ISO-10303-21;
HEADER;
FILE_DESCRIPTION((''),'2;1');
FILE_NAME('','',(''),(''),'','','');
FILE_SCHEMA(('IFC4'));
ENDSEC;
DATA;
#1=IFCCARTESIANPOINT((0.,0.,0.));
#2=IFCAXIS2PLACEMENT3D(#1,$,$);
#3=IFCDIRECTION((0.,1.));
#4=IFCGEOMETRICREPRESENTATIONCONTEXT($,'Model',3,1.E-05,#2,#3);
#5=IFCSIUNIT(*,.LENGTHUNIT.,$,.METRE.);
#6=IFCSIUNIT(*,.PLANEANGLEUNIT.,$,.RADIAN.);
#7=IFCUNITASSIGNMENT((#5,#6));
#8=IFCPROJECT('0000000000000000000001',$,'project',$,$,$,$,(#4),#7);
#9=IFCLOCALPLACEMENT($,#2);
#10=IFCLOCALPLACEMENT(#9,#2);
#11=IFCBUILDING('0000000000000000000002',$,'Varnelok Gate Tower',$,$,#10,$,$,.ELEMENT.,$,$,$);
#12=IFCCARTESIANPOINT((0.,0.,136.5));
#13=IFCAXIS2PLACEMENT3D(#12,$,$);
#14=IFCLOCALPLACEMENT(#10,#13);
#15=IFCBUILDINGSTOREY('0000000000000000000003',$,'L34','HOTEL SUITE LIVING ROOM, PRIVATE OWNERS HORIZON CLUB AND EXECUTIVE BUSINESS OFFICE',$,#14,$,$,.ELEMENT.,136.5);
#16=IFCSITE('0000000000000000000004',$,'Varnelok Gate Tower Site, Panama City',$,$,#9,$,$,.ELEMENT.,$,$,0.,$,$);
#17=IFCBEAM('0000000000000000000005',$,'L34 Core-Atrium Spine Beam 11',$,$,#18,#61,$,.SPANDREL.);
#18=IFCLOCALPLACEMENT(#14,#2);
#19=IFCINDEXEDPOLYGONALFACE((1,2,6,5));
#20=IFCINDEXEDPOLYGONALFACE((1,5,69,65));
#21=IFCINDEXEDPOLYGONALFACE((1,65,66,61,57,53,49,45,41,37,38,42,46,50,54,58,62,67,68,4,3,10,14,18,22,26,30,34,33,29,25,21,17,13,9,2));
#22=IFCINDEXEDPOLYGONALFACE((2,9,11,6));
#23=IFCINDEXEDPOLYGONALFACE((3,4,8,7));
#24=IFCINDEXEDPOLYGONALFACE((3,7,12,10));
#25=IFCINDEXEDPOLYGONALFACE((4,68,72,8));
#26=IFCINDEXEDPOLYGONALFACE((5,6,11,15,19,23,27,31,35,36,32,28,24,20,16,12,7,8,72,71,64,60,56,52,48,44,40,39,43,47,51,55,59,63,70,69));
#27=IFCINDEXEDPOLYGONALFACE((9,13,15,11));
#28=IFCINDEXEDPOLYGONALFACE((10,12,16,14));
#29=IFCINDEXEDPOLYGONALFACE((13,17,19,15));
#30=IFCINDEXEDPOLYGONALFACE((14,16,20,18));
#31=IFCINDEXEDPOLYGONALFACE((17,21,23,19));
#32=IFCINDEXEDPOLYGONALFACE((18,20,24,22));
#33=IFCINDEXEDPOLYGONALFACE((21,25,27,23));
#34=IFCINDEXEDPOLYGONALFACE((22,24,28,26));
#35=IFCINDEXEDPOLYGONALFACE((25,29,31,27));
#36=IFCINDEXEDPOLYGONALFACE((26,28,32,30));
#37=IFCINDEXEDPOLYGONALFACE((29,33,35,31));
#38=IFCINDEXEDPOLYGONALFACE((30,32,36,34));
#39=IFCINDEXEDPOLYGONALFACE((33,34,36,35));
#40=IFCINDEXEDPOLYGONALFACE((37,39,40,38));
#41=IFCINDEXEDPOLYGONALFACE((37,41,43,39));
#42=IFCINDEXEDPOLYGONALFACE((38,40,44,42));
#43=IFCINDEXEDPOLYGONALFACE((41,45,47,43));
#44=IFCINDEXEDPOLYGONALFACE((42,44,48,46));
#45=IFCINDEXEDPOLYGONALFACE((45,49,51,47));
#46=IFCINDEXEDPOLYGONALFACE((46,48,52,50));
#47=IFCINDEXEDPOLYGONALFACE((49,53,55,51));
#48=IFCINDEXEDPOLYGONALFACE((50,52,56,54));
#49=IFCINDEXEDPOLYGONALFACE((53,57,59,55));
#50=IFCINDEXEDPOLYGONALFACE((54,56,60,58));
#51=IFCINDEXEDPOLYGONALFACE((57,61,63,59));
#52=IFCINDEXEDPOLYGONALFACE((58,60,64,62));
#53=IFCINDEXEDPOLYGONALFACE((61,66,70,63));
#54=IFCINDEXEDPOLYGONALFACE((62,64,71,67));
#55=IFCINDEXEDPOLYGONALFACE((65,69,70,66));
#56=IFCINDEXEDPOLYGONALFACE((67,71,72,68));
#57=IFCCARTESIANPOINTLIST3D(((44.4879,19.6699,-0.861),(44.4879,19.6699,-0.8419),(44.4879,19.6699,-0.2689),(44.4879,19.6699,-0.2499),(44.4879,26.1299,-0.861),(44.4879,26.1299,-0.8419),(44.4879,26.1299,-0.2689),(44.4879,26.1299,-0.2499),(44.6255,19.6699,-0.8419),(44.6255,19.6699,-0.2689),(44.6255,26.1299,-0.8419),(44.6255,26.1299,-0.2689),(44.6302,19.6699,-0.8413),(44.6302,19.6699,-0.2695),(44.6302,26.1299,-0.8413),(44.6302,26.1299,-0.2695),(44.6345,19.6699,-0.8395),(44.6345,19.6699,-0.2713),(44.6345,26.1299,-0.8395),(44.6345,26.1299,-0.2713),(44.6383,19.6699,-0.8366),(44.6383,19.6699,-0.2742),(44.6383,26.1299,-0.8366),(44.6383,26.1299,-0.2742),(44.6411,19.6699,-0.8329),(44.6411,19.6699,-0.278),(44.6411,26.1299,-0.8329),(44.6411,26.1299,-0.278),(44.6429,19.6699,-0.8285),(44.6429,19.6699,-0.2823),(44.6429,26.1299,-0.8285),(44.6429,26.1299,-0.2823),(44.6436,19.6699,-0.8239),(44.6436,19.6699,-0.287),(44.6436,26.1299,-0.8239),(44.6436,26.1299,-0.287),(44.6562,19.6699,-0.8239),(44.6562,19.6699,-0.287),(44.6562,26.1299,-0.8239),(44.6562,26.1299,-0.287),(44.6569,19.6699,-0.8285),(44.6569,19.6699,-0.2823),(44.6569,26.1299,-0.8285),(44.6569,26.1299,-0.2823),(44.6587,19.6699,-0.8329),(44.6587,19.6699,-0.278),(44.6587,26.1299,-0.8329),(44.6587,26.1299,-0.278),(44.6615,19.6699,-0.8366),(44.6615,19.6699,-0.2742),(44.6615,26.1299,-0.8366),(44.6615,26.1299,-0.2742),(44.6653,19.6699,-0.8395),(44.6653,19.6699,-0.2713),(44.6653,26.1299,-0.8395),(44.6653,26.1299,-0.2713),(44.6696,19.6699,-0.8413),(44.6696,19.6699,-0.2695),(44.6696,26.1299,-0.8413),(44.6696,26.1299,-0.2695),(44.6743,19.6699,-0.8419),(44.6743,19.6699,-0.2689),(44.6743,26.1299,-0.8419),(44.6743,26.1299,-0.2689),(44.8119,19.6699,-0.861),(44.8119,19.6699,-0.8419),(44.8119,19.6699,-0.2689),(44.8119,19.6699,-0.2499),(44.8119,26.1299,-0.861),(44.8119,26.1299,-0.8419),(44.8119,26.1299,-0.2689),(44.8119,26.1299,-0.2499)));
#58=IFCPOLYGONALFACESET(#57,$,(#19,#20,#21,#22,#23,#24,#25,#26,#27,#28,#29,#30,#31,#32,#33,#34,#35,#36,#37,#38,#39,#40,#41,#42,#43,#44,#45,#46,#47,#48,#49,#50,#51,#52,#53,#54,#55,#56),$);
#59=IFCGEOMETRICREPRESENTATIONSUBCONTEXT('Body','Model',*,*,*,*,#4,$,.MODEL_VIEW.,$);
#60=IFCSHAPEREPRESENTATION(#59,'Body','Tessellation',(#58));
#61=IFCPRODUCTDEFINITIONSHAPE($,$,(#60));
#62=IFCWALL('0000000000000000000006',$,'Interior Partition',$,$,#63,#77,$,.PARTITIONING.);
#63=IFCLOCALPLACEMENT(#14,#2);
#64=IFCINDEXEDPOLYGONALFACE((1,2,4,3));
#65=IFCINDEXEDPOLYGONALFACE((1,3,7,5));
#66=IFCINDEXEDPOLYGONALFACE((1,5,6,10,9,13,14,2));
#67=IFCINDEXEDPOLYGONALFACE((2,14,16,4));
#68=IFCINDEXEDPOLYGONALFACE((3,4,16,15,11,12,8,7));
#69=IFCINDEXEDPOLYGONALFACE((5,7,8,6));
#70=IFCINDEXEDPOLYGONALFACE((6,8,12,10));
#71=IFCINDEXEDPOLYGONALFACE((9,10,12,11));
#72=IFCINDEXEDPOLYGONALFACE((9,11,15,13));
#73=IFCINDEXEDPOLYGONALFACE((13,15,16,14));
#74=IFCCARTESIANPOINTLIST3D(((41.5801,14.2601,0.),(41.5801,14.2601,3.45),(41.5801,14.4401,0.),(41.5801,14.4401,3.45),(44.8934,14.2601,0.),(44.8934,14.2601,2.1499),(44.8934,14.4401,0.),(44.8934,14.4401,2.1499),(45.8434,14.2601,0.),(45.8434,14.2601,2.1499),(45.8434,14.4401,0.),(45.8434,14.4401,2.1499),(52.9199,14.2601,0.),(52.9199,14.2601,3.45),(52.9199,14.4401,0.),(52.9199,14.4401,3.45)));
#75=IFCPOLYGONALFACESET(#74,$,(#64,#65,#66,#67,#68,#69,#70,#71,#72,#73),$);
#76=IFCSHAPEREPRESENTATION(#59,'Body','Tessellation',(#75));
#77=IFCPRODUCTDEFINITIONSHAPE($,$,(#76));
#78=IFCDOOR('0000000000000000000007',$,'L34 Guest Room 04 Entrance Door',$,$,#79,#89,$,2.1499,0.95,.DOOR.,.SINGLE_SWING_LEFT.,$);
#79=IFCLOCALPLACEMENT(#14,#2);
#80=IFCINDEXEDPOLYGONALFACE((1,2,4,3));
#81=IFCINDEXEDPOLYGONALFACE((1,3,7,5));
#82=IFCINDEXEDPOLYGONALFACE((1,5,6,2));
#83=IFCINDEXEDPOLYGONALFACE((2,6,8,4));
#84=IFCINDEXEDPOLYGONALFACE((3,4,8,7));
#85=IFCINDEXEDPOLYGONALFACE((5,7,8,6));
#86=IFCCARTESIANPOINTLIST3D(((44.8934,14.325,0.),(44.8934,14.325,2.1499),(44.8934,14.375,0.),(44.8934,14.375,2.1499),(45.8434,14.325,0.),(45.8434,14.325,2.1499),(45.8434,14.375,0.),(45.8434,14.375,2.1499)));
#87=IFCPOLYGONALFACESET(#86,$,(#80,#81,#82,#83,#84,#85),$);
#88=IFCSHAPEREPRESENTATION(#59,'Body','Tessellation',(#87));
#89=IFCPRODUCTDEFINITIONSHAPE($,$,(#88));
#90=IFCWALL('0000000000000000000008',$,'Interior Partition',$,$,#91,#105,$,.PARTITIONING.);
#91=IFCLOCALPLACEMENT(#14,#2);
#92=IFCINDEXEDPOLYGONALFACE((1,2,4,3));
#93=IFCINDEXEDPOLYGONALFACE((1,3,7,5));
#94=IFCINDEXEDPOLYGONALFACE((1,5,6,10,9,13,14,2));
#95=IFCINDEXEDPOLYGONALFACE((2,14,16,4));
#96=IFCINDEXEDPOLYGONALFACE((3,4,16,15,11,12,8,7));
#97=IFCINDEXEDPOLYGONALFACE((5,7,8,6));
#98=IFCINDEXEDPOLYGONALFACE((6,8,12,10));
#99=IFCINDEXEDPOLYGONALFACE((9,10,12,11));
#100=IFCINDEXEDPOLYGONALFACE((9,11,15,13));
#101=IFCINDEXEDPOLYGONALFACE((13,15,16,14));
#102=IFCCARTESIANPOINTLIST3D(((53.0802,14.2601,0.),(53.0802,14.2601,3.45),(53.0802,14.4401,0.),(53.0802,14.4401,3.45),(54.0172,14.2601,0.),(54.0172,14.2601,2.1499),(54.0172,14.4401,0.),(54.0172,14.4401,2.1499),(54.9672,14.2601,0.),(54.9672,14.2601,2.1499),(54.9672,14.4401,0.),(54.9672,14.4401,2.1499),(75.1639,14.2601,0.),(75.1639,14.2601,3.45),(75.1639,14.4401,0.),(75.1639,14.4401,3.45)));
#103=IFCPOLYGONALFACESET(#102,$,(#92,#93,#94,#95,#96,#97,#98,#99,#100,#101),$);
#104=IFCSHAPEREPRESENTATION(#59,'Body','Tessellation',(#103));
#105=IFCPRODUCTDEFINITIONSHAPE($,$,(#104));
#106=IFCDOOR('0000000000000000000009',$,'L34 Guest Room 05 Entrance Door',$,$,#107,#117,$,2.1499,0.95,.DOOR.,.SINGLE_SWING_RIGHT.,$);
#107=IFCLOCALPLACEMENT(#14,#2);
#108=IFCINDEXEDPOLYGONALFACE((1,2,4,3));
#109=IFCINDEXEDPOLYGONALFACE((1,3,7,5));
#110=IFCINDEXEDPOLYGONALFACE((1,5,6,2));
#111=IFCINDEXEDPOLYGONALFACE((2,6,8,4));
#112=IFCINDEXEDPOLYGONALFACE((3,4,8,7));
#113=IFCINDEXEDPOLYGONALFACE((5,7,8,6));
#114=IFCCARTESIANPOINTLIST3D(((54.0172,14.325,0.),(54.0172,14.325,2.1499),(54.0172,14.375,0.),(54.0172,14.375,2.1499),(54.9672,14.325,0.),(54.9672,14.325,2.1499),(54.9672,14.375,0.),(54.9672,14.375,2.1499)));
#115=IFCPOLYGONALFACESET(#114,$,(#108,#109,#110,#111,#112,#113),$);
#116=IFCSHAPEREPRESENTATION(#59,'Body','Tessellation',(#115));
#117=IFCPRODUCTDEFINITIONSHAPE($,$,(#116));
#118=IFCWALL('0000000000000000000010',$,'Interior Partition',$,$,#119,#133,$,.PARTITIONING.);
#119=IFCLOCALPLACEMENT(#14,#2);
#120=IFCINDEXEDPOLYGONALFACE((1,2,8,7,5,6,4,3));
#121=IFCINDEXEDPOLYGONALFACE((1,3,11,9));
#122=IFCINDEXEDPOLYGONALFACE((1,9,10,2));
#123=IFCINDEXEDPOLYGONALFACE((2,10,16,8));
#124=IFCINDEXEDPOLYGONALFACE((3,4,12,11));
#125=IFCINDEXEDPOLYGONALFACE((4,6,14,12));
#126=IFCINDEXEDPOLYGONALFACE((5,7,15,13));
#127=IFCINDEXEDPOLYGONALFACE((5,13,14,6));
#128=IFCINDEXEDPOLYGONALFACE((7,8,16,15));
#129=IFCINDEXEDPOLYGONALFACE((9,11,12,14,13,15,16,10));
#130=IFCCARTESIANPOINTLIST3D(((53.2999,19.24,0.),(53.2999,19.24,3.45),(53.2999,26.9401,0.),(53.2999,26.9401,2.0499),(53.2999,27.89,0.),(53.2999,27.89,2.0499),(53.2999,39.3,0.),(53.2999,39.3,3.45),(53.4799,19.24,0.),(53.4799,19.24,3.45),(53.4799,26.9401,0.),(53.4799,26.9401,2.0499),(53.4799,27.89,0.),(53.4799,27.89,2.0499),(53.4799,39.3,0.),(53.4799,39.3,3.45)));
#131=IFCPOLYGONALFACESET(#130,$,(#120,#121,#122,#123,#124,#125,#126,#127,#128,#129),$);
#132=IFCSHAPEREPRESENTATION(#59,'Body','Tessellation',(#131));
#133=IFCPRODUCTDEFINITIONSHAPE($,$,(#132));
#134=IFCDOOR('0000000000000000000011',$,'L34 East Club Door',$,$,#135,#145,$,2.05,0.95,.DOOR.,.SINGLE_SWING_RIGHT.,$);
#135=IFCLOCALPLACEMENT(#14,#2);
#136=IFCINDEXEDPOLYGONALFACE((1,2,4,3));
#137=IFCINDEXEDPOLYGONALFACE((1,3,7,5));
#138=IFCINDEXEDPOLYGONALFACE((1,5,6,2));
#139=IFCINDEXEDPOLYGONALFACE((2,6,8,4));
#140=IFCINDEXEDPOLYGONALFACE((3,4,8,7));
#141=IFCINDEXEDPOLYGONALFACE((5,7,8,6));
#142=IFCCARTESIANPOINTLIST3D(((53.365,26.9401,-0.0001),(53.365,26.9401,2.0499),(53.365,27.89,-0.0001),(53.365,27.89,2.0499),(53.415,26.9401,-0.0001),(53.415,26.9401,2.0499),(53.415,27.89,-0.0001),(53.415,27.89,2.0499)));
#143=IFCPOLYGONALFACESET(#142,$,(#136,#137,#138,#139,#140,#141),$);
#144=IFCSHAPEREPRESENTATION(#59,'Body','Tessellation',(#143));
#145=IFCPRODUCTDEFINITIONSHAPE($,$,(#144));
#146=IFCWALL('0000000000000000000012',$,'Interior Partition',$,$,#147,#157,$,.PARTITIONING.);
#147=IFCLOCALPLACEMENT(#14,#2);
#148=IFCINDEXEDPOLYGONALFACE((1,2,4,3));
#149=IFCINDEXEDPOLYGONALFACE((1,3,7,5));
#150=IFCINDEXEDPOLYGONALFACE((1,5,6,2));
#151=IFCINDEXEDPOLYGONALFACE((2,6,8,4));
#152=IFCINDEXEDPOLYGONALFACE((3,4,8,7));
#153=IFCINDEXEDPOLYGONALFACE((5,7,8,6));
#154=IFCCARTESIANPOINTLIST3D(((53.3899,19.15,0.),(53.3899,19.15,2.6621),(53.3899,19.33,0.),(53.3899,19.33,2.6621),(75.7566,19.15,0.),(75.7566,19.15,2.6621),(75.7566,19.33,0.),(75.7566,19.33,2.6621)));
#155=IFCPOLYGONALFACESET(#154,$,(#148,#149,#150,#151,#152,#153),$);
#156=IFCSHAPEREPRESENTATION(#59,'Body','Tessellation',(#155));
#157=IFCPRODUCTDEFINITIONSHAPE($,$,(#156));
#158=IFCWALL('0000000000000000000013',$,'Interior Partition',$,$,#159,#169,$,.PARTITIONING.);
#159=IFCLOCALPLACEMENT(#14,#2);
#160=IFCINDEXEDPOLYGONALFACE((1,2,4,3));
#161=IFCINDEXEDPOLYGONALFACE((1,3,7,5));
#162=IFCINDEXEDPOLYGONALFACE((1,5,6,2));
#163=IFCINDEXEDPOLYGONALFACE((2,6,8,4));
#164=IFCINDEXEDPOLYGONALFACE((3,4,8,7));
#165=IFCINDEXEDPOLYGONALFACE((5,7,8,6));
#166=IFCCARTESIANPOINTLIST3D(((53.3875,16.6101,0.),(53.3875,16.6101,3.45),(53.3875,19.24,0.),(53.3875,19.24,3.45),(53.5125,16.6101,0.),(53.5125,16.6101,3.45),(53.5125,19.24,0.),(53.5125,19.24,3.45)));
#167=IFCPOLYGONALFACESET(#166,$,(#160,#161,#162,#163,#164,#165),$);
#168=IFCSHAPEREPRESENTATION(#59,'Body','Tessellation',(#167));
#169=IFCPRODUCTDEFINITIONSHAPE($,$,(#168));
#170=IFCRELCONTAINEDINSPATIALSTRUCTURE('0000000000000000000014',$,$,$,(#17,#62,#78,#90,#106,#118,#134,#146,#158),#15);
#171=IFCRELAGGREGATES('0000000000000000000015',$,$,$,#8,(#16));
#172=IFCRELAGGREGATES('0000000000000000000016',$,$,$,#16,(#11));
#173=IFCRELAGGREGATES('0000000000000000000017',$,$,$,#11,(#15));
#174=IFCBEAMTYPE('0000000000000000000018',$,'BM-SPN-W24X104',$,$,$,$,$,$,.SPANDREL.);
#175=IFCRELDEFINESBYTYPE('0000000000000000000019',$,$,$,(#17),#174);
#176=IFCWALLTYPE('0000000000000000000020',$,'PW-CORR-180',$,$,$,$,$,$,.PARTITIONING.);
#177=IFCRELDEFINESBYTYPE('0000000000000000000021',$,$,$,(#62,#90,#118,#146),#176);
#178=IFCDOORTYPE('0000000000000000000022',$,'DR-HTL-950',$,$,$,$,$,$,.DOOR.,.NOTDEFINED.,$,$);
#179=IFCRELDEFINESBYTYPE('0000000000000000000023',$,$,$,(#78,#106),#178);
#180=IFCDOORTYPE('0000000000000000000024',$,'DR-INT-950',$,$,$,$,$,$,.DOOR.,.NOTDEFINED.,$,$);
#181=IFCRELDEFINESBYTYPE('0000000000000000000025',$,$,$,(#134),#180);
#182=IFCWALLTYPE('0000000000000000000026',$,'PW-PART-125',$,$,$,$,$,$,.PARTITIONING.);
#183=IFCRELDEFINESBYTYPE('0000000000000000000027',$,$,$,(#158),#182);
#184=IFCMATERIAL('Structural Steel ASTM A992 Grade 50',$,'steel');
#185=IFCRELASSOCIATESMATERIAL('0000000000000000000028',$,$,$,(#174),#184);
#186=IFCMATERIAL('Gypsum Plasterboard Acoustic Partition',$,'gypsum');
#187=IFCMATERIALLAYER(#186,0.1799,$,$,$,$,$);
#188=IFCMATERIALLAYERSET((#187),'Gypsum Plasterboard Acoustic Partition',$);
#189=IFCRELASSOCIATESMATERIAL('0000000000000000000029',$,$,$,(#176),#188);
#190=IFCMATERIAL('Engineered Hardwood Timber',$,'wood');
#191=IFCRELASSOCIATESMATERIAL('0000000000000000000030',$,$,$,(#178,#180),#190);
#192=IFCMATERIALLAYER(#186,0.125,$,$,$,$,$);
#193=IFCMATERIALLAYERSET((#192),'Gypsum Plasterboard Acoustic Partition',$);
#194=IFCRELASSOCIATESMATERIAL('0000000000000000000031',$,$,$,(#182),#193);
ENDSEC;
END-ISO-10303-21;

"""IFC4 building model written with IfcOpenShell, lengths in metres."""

from ifc_helpers import new_model, si_unit, direction, frame, frame_2d, origin, origin_2d, place, context, subcontext, project, spatial, rectangle, i_section, extrude, material, layer, layer_set, material_profile, profile_set, type_object, element, fill, save


model = new_model("IFC4")

# Units and contexts
model_context = context("Model", 3, precision=1e-05, world=origin(), true_north=direction((0.0, 1.0)))
body_context = subcontext(model_context, "Body", "Model", "MODEL_VIEW")
ifc_project = project(units=[si_unit("LENGTHUNIT", "METRE"), si_unit("PLANEANGLEUNIT", "RADIAN")], contexts=[model_context])

# Site, building, storey
site_placement = place(None, origin())
site = spatial("IfcSite", under=ifc_project, at=site_placement, Name="Varnelok Gate Tower Site, Panama City", CompositionType="ELEMENT", RefElevation=0.0)
building_placement = place(site_placement, origin())
building = spatial("IfcBuilding", under=site, at=building_placement, Name="Varnelok Gate Tower", CompositionType="ELEMENT")
storey_placement = place(building_placement, frame((0.0, 0.0, 136.5)))
storey = spatial("IfcBuildingStorey", under=building, at=storey_placement, Name="L34", Description="HOTEL SUITE LIVING ROOM, PRIVATE OWNERS HORIZON CLUB AND EXECUTIVE BUSINESS OFFICE", CompositionType="ELEMENT", Elevation=136.5)

# Shared definitions
ifc_material_1 = material(Name="Structural Steel ASTM A992 Grade 50", Category="steel")

# Beam
ifc_material_profile_1 = material_profile(ifc_material_1, i_section(OverallWidth=0.324, OverallDepth=0.6111, WebThickness=0.0127, FlangeThickness=0.019, FilletRadius=0.0181, at=origin_2d()), Name="W24X104")
ifc_profile_set_1 = profile_set([ifc_material_profile_1], Name="Structural Steel ASTM A992 Grade 50")
beam_type_1 = type_object("IfcBeamType", Name="BM-SPN-W24X104", PredefinedType="SPANDREL", material=ifc_profile_set_1)
beam_1_placement = place(storey_placement, frame((44.6499, 19.6699, -0.5554), z_axis=(0.0, 1.0, 0.0), x_axis=(-1.0, 0.0, 0.0)))
element("IfcBeam", 1, at=beam_1_placement, inside=storey, type_object=beam_type_1, Name="L34 Core-Atrium Spine Beam 11", PredefinedType="SPANDREL", context=body_context, shape_type="SweptSolid", body=[
    extrude(i_section(OverallWidth=0.324, OverallDepth=0.6111, WebThickness=0.0127, FlangeThickness=0.019, FilletRadius=0.0181, at=origin_2d()), origin(), (0.0, 0.0, 1.0), 6.46),
])

# Walls, openings, doors
ifc_material_2 = material(Name="Gypsum Plasterboard Acoustic Partition", Category="gypsum")
ifc_layer_1 = layer(ifc_material_2, 0.1799)
ifc_layer_set_1 = layer_set([ifc_layer_1], Name="Gypsum Plasterboard Acoustic Partition")
wall_type_1 = type_object("IfcWallType", Name="PW-CORR-180", PredefinedType="PARTITIONING", material=ifc_layer_set_1)
wall_1_placement = place(storey_placement, frame((41.5801, 14.3501, 0.0), z_axis=(0.0, 0.0, 1.0), x_axis=(1.0, 0.0, 0.0)))
wall_1 = element("IfcWall", 2, at=wall_1_placement, inside=storey, type_object=wall_type_1, Name="Interior Partition", PredefinedType="PARTITIONING", context=body_context, shape_type="SweptSolid", body=[
    extrude(rectangle(XDim=11.3398, YDim=0.1799, at=frame_2d((5.6699, 0.0))), origin(), (0.0, 0.0, 1.0), 3.45),
])
opening_1_placement = place(wall_1_placement, frame((3.3132, 0.0, 0.0)))
opening_1 = element("IfcOpeningElement", 3, at=opening_1_placement, cuts=wall_1, PredefinedType="OPENING", context=body_context, shape_type="SweptSolid", body=[
    extrude(rectangle(XDim=0.95, YDim=2.1499, at=frame_2d((0.4751, 1.075))), frame((0.0, 0.0999, 0.0), z_axis=(0.0, -1.0, 0.0), x_axis=(1.0, 0.0, 0.0)), (0.0, 0.0, 1.0), 0.2),
])
ifc_material_3 = material(Name="Engineered Hardwood Timber", Category="wood")
door_type_1 = type_object("IfcDoorType", Name="DR-HTL-950", OperationType="NOTDEFINED", PredefinedType="DOOR", material=ifc_material_3)
door_1_placement = place(opening_1_placement, origin())
door_1 = element("IfcDoor", 4, at=door_1_placement, inside=storey, type_object=door_type_1, Name="L34 Guest Room 04 Entrance Door", OperationType="SINGLE_SWING_LEFT", OverallHeight=2.1499, OverallWidth=0.95, PredefinedType="DOOR", context=body_context, shape_type="SweptSolid", body=[
    extrude(rectangle(XDim=0.95, YDim=2.1499, at=frame_2d((0.4751, 1.075))), frame((0.0, 0.0249, 0.0), z_axis=(0.0, -1.0, 0.0), x_axis=(1.0, 0.0, 0.0)), (0.0, 0.0, 1.0), 0.05),
])
fill(opening_1, door_1)
wall_2_placement = place(storey_placement, frame((53.0801, 14.3501, 0.0), z_axis=(0.0, 0.0, 1.0), x_axis=(1.0, 0.0, 0.0)))
wall_2 = element("IfcWall", 5, at=wall_2_placement, inside=storey, type_object=wall_type_1, Name="Interior Partition", PredefinedType="PARTITIONING", context=body_context, shape_type="SweptSolid", body=[
    extrude(rectangle(XDim=22.0837, YDim=0.1799, at=frame_2d((11.042, 0.0))), origin(), (0.0, 0.0, 1.0), 3.45),
])
opening_2_placement = place(wall_2_placement, frame((0.937, 0.0, 0.0)))
opening_2 = element("IfcOpeningElement", 6, at=opening_2_placement, cuts=wall_2, PredefinedType="OPENING", context=body_context, shape_type="SweptSolid", body=[
    extrude(rectangle(XDim=0.95, YDim=2.1499, at=frame_2d((0.4751, 1.075))), frame((0.0, 0.0999, 0.0), z_axis=(0.0, -1.0, 0.0), x_axis=(1.0, 0.0, 0.0)), (0.0, 0.0, 1.0), 0.2),
])
door_2_placement = place(opening_2_placement, origin())
door_2 = element("IfcDoor", 7, at=door_2_placement, inside=storey, type_object=door_type_1, Name="L34 Guest Room 05 Entrance Door", OperationType="SINGLE_SWING_RIGHT", OverallHeight=2.1499, OverallWidth=0.95, PredefinedType="DOOR", context=body_context, shape_type="SweptSolid", body=[
    extrude(rectangle(XDim=0.95, YDim=2.1499, at=frame_2d((0.4751, 1.075))), frame((0.0, 0.0249, 0.0), z_axis=(0.0, -1.0, 0.0), x_axis=(1.0, 0.0, 0.0)), (0.0, 0.0, 1.0), 0.05),
])
fill(opening_2, door_2)
wall_3_placement = place(storey_placement, frame((53.3899, 19.24, 0.0), z_axis=(0.0, 0.0, 1.0), x_axis=(0.0, 1.0, 0.0)))
wall_3 = element("IfcWall", 8, at=wall_3_placement, inside=storey, type_object=wall_type_1, Name="Interior Partition", PredefinedType="PARTITIONING", context=body_context, shape_type="SweptSolid", body=[
    extrude(rectangle(XDim=20.0601, YDim=0.1799, at=frame_2d((10.03, 0.0))), origin(), (0.0, 0.0, 1.0), 3.45),
])
opening_3_placement = place(wall_3_placement, frame((7.7, 0.0, 0.0)))
opening_3 = element("IfcOpeningElement", 9, at=opening_3_placement, cuts=wall_3, PredefinedType="OPENING", context=body_context, shape_type="SweptSolid", body=[
    extrude(rectangle(XDim=0.95, YDim=2.05, at=frame_2d((0.4751, 1.0249))), frame((0.0, 0.0999, 0.0), z_axis=(0.0, -1.0, 0.0), x_axis=(1.0, 0.0, 0.0)), (0.0, 0.0, 1.0), 0.2),
])
door_type_2 = type_object("IfcDoorType", Name="DR-INT-950", OperationType="NOTDEFINED", PredefinedType="DOOR", material=ifc_material_3)
door_3_placement = place(opening_3_placement, origin())
door_3 = element("IfcDoor", 10, at=door_3_placement, inside=storey, type_object=door_type_2, Name="L34 East Club Door", OperationType="SINGLE_SWING_RIGHT", OverallHeight=2.05, OverallWidth=0.95, PredefinedType="DOOR", context=body_context, shape_type="SweptSolid", body=[
    extrude(rectangle(XDim=0.95, YDim=2.05, at=frame_2d((0.4751, 1.0249))), frame((0.0, 0.0249, 0.0), z_axis=(0.0, -1.0, 0.0), x_axis=(1.0, 0.0, 0.0)), (0.0, 0.0, 1.0), 0.05),
])
fill(opening_3, door_3)

# Walls
wall_4_placement = place(storey_placement, frame((53.3899, 19.24, 0.0), z_axis=(0.0, 0.0, 1.0), x_axis=(1.0, 0.0, 0.0)))
element("IfcWall", 11, at=wall_4_placement, inside=storey, type_object=wall_type_1, Name="Interior Partition", PredefinedType="PARTITIONING", context=body_context, shape_type="SweptSolid", body=[
    extrude(rectangle(XDim=22.3667, YDim=0.1799, at=frame_2d((11.1833, 0.0))), origin(), (0.0, 0.0, 1.0), 2.6621),
])
ifc_layer_2 = layer(ifc_material_2, 0.125)
ifc_layer_set_2 = layer_set([ifc_layer_2], Name="Gypsum Plasterboard Acoustic Partition")
wall_type_2 = type_object("IfcWallType", Name="PW-PART-125", PredefinedType="PARTITIONING", material=ifc_layer_set_2)
wall_5_placement = place(storey_placement, frame((53.45, 16.6101, 0.0), z_axis=(0.0, 0.0, 1.0), x_axis=(0.0, 1.0, 0.0)))
element("IfcWall", 12, at=wall_5_placement, inside=storey, type_object=wall_type_2, Name="Interior Partition", PredefinedType="PARTITIONING", context=body_context, shape_type="SweptSolid", body=[
    extrude(rectangle(XDim=2.6299, YDim=0.125, at=frame_2d((1.3149, 0.0))), origin(), (0.0, 0.0, 1.0), 3.45),
])

save(model, "model.ifc")
